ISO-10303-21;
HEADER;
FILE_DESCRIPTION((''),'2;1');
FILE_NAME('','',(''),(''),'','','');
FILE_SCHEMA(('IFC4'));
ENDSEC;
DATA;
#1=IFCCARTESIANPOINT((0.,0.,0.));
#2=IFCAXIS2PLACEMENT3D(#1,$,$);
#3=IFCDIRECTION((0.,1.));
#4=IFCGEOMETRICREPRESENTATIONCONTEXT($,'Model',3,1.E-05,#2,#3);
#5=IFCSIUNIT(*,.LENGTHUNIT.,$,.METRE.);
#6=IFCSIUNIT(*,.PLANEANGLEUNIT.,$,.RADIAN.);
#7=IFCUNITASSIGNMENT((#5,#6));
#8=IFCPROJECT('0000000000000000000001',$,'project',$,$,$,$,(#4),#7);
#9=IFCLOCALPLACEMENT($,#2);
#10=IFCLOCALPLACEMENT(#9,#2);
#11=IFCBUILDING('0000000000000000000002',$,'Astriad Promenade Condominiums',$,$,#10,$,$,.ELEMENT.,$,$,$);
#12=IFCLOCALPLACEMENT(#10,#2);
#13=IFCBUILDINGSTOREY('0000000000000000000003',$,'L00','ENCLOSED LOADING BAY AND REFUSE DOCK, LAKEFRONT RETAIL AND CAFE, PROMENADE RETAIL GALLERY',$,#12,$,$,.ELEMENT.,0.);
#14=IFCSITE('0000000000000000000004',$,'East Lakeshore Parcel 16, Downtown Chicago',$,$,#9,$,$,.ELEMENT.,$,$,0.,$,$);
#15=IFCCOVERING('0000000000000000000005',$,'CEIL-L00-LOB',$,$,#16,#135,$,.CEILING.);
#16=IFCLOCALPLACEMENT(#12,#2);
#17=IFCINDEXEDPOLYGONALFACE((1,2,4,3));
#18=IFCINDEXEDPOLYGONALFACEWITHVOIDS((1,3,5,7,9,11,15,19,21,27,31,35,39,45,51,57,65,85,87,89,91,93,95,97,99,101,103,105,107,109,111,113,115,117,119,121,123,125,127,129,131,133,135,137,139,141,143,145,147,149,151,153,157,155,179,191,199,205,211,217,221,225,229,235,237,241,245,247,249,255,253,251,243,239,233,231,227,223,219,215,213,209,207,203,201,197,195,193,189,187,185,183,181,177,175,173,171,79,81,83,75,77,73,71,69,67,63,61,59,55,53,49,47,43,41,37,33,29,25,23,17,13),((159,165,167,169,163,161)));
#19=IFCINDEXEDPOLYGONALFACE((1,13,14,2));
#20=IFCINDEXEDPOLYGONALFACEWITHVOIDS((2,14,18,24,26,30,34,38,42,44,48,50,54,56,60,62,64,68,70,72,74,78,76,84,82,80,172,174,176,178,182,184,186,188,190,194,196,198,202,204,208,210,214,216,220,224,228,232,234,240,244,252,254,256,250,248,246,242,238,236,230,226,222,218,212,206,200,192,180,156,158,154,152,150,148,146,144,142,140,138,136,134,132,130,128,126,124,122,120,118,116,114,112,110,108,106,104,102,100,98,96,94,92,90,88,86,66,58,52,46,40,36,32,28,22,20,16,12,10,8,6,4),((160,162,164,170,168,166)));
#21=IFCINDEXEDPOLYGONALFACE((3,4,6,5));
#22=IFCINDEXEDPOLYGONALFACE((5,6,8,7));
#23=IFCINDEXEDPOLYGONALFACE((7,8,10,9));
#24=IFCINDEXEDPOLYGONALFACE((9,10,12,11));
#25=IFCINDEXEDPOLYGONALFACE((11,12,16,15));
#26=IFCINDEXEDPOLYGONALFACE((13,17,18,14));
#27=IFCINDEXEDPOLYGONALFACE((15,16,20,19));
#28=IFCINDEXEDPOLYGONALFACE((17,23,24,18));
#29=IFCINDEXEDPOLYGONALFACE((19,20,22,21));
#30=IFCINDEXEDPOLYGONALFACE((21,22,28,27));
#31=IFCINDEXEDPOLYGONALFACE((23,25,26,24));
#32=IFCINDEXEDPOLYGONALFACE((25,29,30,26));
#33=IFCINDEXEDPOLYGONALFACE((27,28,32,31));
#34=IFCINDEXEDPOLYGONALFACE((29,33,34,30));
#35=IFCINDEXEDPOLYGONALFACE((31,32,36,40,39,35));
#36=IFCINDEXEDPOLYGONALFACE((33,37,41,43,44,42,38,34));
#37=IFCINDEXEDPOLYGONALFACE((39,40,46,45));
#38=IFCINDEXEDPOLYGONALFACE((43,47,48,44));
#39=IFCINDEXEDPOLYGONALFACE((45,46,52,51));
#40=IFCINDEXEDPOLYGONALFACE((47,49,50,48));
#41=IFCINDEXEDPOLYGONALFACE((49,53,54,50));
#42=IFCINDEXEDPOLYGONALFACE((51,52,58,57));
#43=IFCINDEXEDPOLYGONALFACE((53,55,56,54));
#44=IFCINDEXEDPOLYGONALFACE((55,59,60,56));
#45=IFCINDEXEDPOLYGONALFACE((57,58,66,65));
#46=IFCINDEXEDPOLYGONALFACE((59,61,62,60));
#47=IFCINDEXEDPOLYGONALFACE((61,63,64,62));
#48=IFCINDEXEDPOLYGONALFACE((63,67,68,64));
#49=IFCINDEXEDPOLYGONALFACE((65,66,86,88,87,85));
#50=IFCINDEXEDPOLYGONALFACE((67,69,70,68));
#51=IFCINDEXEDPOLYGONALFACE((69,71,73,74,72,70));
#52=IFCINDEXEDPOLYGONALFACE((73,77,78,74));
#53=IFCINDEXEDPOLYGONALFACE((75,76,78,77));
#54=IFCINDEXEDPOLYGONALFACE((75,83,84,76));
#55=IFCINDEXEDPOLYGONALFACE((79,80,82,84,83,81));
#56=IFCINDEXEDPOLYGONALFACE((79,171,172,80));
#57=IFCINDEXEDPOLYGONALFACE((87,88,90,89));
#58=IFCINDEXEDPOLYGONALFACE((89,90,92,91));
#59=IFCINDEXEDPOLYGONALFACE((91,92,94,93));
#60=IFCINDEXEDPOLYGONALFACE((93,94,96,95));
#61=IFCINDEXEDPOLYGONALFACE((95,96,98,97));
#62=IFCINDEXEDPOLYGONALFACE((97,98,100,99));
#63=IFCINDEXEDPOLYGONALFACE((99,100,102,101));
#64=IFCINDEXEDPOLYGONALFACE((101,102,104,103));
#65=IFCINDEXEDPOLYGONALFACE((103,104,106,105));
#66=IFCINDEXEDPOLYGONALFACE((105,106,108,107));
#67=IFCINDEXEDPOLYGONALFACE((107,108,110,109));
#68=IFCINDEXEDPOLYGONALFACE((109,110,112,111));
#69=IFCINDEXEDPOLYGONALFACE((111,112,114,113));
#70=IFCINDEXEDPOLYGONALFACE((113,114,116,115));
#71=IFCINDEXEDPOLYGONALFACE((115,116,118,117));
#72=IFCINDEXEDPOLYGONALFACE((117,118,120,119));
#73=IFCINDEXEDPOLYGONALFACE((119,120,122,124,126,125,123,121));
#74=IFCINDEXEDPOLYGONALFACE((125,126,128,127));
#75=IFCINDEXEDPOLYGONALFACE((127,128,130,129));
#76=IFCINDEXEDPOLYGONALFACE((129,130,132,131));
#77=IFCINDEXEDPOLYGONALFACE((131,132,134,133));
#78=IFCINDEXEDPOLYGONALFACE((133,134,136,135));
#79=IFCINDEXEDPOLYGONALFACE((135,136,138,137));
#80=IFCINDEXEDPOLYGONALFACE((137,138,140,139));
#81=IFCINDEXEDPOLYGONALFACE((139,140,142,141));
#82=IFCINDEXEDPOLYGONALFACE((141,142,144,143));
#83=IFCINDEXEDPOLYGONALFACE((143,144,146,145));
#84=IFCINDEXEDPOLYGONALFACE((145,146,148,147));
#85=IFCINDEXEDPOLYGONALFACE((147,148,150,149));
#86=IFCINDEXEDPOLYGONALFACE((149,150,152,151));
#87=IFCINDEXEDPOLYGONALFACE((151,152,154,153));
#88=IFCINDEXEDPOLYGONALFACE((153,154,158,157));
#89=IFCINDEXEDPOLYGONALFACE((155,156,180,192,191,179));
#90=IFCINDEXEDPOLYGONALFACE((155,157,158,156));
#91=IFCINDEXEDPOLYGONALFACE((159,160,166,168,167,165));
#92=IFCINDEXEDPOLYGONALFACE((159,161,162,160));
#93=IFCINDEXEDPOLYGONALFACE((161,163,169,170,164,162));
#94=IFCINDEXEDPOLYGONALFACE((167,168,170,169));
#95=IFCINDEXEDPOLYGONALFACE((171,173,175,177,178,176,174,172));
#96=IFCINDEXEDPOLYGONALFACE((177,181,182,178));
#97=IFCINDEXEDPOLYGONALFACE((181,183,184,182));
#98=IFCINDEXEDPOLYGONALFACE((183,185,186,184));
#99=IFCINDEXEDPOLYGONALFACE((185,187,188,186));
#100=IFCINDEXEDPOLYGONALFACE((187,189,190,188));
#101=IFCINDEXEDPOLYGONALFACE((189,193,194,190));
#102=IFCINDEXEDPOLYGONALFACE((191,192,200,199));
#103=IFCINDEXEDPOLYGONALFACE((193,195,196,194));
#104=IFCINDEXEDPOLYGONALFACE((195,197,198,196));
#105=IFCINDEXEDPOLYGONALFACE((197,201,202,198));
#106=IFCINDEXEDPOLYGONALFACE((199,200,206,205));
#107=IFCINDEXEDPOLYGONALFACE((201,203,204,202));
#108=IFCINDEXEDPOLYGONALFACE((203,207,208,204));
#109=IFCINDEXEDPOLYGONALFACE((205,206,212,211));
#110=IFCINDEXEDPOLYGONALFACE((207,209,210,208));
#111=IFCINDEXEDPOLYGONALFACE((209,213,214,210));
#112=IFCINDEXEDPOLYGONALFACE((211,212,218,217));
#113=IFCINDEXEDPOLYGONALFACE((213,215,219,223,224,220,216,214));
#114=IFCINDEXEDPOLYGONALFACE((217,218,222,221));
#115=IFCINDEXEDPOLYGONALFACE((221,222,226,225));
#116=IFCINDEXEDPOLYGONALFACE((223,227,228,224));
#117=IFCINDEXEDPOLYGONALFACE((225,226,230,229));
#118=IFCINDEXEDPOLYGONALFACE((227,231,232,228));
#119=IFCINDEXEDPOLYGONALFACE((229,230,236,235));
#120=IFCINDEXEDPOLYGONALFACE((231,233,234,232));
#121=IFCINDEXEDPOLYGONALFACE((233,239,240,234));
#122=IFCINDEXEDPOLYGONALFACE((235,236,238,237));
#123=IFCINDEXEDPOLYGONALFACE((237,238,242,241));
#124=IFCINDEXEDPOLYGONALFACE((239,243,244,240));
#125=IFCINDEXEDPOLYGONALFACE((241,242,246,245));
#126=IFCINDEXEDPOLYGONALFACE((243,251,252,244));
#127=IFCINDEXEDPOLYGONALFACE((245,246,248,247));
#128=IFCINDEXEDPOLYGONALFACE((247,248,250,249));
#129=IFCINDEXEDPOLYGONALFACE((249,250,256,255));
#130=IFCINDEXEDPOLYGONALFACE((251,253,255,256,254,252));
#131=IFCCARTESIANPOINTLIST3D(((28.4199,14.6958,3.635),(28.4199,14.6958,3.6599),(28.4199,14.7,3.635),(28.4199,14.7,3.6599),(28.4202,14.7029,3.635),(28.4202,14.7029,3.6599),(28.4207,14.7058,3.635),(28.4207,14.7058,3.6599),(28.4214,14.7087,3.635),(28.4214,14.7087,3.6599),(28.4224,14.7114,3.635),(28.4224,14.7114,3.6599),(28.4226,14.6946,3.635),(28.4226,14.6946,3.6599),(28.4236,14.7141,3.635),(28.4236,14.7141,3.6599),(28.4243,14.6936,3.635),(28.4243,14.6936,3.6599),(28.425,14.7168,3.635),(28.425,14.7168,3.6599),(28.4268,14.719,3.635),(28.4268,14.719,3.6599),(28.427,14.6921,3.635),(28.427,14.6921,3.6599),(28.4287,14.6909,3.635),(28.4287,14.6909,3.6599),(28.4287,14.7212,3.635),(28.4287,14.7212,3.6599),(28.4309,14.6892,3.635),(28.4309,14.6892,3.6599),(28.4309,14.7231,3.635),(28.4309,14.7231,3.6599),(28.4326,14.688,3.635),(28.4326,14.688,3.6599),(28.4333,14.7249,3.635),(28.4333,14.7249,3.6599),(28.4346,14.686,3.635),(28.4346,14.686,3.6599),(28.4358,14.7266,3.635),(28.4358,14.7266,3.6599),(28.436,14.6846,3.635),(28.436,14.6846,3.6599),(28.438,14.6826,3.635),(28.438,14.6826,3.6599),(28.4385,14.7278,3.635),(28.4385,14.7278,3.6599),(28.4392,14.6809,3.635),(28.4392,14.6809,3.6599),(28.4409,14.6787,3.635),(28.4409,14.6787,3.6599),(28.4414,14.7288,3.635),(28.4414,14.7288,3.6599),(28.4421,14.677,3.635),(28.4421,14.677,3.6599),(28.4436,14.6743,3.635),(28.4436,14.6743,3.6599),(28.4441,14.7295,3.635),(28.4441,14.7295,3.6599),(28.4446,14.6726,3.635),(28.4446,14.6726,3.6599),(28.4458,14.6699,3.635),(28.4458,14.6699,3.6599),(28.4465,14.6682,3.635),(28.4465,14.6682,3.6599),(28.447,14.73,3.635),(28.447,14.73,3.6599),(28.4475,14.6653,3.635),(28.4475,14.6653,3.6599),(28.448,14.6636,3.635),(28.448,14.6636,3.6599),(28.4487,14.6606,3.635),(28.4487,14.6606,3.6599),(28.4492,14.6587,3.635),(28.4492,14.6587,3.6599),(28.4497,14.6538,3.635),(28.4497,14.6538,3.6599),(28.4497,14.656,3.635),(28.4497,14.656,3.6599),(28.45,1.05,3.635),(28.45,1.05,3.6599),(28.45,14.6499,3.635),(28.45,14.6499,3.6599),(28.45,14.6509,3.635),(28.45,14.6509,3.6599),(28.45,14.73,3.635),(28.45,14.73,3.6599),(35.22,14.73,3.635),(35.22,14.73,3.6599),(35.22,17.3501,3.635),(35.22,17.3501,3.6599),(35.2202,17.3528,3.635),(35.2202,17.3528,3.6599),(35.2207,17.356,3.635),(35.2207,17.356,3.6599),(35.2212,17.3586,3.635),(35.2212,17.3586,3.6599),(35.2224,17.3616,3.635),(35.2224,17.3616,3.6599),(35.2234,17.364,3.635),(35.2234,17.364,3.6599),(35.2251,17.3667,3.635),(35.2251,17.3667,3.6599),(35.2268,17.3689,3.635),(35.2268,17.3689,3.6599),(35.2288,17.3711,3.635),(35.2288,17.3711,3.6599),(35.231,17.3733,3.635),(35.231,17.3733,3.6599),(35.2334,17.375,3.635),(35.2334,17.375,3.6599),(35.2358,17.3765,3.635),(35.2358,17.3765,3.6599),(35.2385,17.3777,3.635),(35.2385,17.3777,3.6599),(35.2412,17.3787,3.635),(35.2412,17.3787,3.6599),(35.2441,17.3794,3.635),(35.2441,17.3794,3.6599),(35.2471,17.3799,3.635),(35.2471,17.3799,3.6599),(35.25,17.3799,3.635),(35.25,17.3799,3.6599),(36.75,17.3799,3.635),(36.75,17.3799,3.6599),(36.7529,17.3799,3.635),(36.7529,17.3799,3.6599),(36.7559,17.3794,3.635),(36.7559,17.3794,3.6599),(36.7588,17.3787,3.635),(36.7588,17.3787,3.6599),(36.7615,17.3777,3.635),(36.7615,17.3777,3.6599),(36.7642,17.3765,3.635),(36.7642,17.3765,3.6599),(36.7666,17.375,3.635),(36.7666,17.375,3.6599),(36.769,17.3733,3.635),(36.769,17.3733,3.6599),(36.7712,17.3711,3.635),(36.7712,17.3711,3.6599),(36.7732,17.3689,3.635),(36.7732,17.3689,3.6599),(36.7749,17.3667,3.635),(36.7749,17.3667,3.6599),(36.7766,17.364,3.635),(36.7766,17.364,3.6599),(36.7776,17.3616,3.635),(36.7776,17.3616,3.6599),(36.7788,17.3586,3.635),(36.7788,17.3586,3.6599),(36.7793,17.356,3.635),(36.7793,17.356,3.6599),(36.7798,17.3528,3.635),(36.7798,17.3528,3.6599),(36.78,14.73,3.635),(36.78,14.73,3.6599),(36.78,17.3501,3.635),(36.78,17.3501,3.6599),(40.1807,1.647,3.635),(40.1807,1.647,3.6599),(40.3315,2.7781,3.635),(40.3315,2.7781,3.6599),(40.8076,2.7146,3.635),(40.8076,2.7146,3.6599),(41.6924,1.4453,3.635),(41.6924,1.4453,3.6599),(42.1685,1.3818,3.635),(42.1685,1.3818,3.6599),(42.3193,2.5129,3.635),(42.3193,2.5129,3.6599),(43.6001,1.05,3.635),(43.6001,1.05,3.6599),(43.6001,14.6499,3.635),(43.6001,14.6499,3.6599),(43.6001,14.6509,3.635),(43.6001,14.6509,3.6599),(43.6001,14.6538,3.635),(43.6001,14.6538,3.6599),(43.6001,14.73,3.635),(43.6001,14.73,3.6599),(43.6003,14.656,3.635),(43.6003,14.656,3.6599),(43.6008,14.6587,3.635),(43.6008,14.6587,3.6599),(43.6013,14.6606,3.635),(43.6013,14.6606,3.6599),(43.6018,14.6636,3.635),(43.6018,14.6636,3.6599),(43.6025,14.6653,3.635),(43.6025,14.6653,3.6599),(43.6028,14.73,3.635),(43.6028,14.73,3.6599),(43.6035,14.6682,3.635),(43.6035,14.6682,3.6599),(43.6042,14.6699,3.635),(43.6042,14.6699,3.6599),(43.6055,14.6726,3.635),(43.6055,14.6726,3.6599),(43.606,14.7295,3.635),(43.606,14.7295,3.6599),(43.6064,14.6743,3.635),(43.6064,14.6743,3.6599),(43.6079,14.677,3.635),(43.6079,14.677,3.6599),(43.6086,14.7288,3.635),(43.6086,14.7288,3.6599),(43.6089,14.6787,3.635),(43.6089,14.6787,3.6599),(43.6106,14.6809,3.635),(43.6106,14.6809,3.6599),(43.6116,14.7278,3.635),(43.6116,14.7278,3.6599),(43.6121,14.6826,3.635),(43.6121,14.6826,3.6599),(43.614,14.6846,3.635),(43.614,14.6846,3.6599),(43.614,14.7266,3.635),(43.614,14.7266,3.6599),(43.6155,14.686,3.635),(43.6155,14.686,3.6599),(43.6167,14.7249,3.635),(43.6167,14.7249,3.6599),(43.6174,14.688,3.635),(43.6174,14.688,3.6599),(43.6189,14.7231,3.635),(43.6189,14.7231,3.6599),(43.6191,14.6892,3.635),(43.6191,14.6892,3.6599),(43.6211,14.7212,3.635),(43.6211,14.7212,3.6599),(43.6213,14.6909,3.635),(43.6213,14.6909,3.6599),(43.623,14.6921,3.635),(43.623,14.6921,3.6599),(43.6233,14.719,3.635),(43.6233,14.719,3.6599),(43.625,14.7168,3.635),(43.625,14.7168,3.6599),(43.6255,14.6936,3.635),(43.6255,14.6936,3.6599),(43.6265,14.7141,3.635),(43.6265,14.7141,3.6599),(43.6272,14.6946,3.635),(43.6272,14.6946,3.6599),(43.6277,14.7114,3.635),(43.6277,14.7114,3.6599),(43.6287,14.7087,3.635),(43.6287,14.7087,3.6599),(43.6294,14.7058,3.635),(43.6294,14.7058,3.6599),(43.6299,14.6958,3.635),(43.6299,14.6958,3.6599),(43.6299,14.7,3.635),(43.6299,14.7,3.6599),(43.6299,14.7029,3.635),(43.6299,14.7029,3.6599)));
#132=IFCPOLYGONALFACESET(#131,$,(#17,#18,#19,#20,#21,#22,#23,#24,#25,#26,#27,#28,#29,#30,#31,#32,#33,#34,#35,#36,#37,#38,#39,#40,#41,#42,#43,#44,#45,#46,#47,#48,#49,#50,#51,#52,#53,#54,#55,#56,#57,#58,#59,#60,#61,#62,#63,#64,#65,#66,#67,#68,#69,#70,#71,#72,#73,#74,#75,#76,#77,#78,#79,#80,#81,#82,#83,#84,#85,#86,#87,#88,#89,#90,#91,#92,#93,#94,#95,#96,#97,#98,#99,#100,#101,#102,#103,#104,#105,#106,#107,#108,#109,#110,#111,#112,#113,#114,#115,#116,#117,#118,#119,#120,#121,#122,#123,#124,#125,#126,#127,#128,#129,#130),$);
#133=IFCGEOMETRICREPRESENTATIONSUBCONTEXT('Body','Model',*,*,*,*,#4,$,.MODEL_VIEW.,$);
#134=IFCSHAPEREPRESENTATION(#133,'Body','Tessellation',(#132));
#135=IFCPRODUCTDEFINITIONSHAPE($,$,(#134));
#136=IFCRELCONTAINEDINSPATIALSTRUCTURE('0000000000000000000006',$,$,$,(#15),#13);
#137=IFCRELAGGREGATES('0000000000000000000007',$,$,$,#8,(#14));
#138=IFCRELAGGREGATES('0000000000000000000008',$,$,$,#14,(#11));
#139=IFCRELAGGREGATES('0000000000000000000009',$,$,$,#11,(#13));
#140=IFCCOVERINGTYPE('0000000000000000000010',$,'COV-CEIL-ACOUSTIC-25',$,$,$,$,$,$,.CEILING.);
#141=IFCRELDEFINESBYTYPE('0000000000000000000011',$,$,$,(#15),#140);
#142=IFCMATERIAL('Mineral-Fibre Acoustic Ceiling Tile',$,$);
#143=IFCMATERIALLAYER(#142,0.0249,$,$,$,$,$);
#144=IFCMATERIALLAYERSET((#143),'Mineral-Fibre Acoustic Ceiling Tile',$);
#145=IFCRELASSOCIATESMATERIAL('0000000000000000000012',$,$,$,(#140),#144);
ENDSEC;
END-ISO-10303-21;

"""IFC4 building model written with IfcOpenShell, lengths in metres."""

from ifc_helpers import new_model, si_unit, direction, frame, origin, place, context, subcontext, project, spatial, polyline, outline, extrude, material, layer, layer_set, type_object, element, save


model = new_model("IFC4")

# Units and contexts
model_context = context("Model", 3, precision=1e-05, world=origin(), true_north=direction((0.0, 1.0)))
body_context = subcontext(model_context, "Body", "Model", "MODEL_VIEW")
ifc_project = project(units=[si_unit("LENGTHUNIT", "METRE"), si_unit("PLANEANGLEUNIT", "RADIAN")], contexts=[model_context])

# Site, building, storey
site_placement = place(None, origin())
site = spatial("IfcSite", under=ifc_project, at=site_placement, Name="East Lakeshore Parcel 16, Downtown Chicago", CompositionType="ELEMENT", RefElevation=0.0)
building_placement = place(site_placement, origin())
building = spatial("IfcBuilding", under=site, at=building_placement, Name="Astriad Promenade Condominiums", CompositionType="ELEMENT")
storey_placement = place(building_placement, origin())
storey = spatial("IfcBuildingStorey", under=building, at=storey_placement, Name="L00", Description="ENCLOSED LOADING BAY AND REFUSE DOCK, LAKEFRONT RETAIL AND CAFE, PROMENADE RETAIL GALLERY", CompositionType="ELEMENT", Elevation=0.0)

# Covering
ifc_material_1 = material(Name="Mineral-Fibre Acoustic Ceiling Tile")
ifc_layer_1 = layer(ifc_material_1, 0.0249)
ifc_layer_set_1 = layer_set([ifc_layer_1], Name="Mineral-Fibre Acoustic Ceiling Tile")
covering_type_1 = type_object("IfcCoveringType", Name="COV-CEIL-ACOUSTIC-25", PredefinedType="CEILING", material=ifc_layer_set_1)
covering_1_placement = place(storey_placement, frame((0.0, 0.0, 3.635)))
element("IfcCovering", 1, at=covering_1_placement, inside=storey, type_object=covering_type_1, Name="CEIL-L00-LOB", PredefinedType="CEILING", context=body_context, shape_type="SweptSolid", body=[
    extrude(outline(polyline([(43.606, 14.7295), (43.6086, 14.7288), (43.6116, 14.7278), (43.614, 14.7266), (43.6167, 14.7249), (43.6189, 14.7231), (43.6211, 14.7212), (43.6233, 14.719), (43.625, 14.7168), (43.6265, 14.7141), (43.6277, 14.7114), (43.6287, 14.7087), (43.6294, 14.7058), (43.6299, 14.7029), (43.6299, 14.7), (43.6299, 14.6958), (43.6299, 14.6958), (43.6272, 14.6946), (43.6255, 14.6936), (43.623, 14.6921), (43.6213, 14.6909), (43.6191, 14.6892), (43.6174, 14.688), (43.6155, 14.686), (43.614, 14.6846), (43.6121, 14.6826), (43.6106, 14.6809), (43.6089, 14.6787), (43.6079, 14.677), (43.6064, 14.6743), (43.6055, 14.6726), (43.6042, 14.6699), (43.6035, 14.6682), (43.6025, 14.6653), (43.6018, 14.6636), (43.6013, 14.6606), (43.6008, 14.6587), (43.6003, 14.656), (43.6001, 14.6538), (43.6001, 14.6509), (43.6001, 14.6499), (43.6001, 1.05), (28.45, 1.05), (28.45, 14.6499), (28.45, 14.6509), (28.4497, 14.6538), (28.4497, 14.656), (28.4492, 14.6587), (28.4487, 14.6606), (28.448, 14.6636), (28.4475, 14.6653), (28.4465, 14.6682), (28.4458, 14.6699), (28.4446, 14.6726), (28.4436, 14.6743), (28.4421, 14.677), (28.4409, 14.6787), (28.4392, 14.6809), (28.438, 14.6826), (28.436, 14.6846), (28.4346, 14.686), (28.4326, 14.688), (28.4309, 14.6892), (28.4287, 14.6909), (28.427, 14.6921), (28.4243, 14.6936), (28.4226, 14.6946), (28.4199, 14.6958), (28.4199, 14.6958), (28.4199, 14.7), (28.4202, 14.7029), (28.4207, 14.7058), (28.4214, 14.7087), (28.4224, 14.7114), (28.4236, 14.7141), (28.425, 14.7168), (28.4268, 14.719), (28.4287, 14.7212), (28.4309, 14.7231), (28.4333, 14.7249), (28.4358, 14.7266), (28.4385, 14.7278), (28.4414, 14.7288), (28.4441, 14.7295), (28.447, 14.73), (28.45, 14.73), (35.22, 14.73), (35.22, 17.3501), (35.2202, 17.3528), (35.2207, 17.356), (35.2212, 17.3586), (35.2224, 17.3616), (35.2234, 17.364), (35.2251, 17.3667), (35.2268, 17.3689), (35.2288, 17.3711), (35.231, 17.3733), (35.2334, 17.375), (35.2358, 17.3765), (35.2385, 17.3777), (35.2412, 17.3787), (35.2441, 17.3794), (35.2471, 17.3799), (35.25, 17.3799), (36.75, 17.3799), (36.7529, 17.3799), (36.7559, 17.3794), (36.7588, 17.3787), (36.7615, 17.3777), (36.7642, 17.3765), (36.7666, 17.375), (36.769, 17.3733), (36.7712, 17.3711), (36.7732, 17.3689), (36.7749, 17.3667), (36.7766, 17.364), (36.7776, 17.3616), (36.7788, 17.3586), (36.7793, 17.356), (36.7798, 17.3528), (36.78, 17.3501), (36.78, 14.73), (43.6001, 14.73), (43.6028, 14.73), (43.606, 14.7295)]), holes=[polyline([(40.8076, 2.7146), (40.3315, 2.7781), (40.1807, 1.647), (41.6924, 1.4453), (42.1685, 1.3818), (42.3193, 2.5129), (40.8076, 2.7146)])]), origin(), (0.0, 0.0, 1.0), 0.0249),
])

save(model, "model.ifc")
